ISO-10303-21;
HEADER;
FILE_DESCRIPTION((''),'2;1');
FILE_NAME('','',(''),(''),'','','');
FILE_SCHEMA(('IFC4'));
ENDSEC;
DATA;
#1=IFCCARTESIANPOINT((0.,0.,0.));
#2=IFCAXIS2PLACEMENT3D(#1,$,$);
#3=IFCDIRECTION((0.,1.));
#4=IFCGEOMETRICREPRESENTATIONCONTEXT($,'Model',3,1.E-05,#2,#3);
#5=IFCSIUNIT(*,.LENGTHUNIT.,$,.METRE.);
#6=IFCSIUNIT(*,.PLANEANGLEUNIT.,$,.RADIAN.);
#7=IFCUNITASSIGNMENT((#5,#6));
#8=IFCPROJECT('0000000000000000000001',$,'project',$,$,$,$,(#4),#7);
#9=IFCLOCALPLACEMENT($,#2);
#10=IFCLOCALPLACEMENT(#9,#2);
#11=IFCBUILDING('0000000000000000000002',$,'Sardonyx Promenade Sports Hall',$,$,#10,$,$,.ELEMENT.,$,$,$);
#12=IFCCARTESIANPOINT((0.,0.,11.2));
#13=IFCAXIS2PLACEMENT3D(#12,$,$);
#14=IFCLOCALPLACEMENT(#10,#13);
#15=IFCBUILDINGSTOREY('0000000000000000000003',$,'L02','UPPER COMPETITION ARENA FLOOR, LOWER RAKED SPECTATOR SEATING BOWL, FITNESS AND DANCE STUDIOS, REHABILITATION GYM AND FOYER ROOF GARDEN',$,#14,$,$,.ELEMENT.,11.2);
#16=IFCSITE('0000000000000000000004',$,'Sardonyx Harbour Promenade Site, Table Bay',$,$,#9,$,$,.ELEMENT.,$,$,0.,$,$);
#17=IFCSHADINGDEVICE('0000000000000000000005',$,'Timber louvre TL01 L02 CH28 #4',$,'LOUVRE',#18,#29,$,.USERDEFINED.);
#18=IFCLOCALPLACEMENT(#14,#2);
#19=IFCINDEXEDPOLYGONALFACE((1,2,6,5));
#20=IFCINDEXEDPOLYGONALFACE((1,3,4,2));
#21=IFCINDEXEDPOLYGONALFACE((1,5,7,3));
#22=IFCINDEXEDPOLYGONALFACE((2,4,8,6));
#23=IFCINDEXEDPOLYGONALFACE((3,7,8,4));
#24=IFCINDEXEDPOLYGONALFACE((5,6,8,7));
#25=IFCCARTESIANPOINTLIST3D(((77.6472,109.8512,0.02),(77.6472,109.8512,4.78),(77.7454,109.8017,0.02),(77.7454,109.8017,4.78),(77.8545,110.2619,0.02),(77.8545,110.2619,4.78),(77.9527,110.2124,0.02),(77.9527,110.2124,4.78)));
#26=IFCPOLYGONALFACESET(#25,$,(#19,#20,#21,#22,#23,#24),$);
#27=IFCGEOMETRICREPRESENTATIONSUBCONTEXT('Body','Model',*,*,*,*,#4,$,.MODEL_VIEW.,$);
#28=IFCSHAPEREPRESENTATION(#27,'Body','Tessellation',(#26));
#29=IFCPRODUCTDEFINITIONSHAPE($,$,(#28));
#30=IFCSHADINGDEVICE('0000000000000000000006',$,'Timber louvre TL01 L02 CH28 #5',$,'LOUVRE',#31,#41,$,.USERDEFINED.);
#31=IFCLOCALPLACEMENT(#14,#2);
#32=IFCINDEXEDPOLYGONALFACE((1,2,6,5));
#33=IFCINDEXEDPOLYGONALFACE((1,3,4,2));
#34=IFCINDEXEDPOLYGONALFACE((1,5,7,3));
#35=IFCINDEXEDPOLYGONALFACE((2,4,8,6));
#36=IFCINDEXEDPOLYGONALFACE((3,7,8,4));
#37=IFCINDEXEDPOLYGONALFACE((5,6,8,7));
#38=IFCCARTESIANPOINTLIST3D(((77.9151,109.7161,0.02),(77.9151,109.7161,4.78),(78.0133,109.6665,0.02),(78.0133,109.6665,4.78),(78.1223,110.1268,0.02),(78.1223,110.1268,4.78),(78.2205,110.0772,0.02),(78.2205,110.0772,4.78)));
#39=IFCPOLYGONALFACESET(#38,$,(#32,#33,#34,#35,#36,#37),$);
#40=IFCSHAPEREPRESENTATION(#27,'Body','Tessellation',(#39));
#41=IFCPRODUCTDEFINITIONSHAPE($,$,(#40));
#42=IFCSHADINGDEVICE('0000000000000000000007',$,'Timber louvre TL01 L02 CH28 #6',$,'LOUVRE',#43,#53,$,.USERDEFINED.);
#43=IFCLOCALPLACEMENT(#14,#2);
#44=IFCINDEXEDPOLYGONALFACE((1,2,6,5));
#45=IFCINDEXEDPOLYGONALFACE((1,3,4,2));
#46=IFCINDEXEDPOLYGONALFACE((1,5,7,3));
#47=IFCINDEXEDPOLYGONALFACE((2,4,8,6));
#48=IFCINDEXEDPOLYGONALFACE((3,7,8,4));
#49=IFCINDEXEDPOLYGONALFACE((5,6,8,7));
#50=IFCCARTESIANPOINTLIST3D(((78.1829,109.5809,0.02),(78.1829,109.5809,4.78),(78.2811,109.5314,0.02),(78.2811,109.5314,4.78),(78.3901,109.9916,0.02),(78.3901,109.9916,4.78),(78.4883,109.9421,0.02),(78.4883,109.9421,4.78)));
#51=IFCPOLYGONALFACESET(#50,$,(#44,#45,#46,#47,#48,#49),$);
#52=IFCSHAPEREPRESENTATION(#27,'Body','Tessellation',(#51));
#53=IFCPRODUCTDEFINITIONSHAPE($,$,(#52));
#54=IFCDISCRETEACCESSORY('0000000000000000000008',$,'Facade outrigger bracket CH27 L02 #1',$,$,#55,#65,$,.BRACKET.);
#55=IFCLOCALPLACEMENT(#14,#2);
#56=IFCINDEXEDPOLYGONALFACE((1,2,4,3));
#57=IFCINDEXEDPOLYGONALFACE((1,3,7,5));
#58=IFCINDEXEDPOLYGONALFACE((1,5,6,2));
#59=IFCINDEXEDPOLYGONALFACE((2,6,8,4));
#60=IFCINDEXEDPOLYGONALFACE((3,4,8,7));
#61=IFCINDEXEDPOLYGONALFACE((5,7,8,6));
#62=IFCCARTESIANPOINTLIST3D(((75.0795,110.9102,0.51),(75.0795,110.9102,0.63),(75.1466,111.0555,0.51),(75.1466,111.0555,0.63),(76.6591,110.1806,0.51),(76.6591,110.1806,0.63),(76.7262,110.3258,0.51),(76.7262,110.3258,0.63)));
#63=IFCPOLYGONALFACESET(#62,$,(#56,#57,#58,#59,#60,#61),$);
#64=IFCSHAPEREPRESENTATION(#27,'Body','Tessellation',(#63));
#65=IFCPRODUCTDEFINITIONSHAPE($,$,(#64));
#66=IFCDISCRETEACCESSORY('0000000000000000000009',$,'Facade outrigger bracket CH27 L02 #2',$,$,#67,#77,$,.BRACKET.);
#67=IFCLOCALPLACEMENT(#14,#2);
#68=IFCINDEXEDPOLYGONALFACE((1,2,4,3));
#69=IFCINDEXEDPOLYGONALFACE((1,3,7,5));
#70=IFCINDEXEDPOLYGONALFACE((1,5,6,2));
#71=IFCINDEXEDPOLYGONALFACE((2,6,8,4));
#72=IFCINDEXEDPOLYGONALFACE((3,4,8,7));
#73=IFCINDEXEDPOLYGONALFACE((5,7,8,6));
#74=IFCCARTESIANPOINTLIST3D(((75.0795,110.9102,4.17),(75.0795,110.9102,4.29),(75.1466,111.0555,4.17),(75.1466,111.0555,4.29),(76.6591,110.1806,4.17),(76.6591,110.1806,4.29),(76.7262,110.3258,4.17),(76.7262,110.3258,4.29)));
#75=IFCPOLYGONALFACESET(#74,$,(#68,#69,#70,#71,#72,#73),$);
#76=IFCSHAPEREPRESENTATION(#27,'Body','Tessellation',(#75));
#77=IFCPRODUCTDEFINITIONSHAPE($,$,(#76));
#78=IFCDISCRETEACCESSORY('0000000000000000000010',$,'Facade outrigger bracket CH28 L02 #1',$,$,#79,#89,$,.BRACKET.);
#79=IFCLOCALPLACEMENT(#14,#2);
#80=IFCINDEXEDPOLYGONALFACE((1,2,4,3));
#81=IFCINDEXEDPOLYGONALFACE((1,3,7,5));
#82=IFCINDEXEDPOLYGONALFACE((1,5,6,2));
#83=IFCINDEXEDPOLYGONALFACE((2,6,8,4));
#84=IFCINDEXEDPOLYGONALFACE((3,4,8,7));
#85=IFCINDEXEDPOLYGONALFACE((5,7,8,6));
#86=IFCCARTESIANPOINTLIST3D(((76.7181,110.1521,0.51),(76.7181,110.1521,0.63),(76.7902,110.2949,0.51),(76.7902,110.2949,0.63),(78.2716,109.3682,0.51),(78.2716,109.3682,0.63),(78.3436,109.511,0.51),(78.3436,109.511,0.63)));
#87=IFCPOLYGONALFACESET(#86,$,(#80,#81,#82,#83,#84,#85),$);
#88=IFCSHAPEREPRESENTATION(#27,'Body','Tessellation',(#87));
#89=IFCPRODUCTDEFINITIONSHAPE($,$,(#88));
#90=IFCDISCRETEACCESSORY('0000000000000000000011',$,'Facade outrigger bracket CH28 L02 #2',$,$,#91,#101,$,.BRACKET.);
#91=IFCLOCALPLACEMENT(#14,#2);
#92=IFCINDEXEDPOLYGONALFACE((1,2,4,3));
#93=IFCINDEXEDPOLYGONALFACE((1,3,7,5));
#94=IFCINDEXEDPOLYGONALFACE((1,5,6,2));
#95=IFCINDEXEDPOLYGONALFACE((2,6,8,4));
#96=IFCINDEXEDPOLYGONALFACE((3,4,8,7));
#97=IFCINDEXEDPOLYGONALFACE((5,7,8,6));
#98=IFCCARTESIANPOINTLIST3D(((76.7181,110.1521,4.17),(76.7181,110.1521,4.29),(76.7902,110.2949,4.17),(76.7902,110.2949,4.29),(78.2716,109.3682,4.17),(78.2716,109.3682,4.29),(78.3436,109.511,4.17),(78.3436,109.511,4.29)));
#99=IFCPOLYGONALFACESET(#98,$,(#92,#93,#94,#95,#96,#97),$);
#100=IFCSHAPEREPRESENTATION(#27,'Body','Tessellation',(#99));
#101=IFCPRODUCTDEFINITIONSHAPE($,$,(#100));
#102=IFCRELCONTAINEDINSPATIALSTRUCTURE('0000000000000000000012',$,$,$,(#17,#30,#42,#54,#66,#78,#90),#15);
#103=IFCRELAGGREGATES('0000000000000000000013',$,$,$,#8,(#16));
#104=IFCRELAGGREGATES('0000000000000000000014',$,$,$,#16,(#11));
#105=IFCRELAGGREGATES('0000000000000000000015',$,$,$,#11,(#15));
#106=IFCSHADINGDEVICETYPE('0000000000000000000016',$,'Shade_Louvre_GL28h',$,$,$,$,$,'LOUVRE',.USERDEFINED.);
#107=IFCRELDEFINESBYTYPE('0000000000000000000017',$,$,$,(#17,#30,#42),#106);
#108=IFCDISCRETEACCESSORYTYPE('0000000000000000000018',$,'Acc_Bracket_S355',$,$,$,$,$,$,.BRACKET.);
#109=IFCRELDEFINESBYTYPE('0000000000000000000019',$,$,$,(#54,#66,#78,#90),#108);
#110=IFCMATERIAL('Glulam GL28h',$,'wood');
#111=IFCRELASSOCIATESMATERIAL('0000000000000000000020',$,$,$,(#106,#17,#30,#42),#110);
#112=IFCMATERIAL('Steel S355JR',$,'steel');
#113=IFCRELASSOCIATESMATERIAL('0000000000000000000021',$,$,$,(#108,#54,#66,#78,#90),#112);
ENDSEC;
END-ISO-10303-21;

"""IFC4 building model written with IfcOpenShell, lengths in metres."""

from ifc_helpers import new_model, si_unit, direction, frame, origin, place, context, subcontext, project, spatial, rectangle, extrude, material, type_object, element, save


model = new_model("IFC4")

# Units and contexts
model_context = context("Model", 3, precision=1e-05, world=origin(), true_north=direction((0.0, 1.0)))
body_context = subcontext(model_context, "Body", "Model", "MODEL_VIEW")
ifc_project = project(units=[si_unit("LENGTHUNIT", "METRE"), si_unit("PLANEANGLEUNIT", "RADIAN")], contexts=[model_context])

# Site, building, storey
site_placement = place(None, origin())
site = spatial("IfcSite", under=ifc_project, at=site_placement, Name="Sardonyx Harbour Promenade Site, Table Bay", CompositionType="ELEMENT", RefElevation=0.0)
building_placement = place(site_placement, origin())
building = spatial("IfcBuilding", under=site, at=building_placement, Name="Sardonyx Promenade Sports Hall", CompositionType="ELEMENT")
storey_placement = place(building_placement, frame((0.0, 0.0, 11.2)))
storey = spatial("IfcBuildingStorey", under=building, at=storey_placement, Name="L02", Description="UPPER COMPETITION ARENA FLOOR, LOWER RAKED SPECTATOR SEATING BOWL, FITNESS AND DANCE STUDIOS, REHABILITATION GYM AND FOYER ROOF GARDEN", CompositionType="ELEMENT", Elevation=11.2)

# Shading devices
ifc_material_1 = material(Name="Glulam GL28h", Category="wood")
shading_device_type = type_object("IfcShadingDeviceType", Name="Shade_Louvre_GL28h", ElementType="LOUVRE", PredefinedType="USERDEFINED", material=ifc_material_1)
for number, where, z_axis, x_axis, name in (
    (1, (77.7999, 110.0318, 0.02), (0.0, 0.0, 1.0), (0.892774, -0.450505, 0.0), "Timber louvre TL01 L02 CH28 #4"),
    (2, (78.0678, 109.8967, 0.02), (0.0, 0.0, 1.0), (0.892774, -0.450505, 0.0), "Timber louvre TL01 L02 CH28 #5"),
    (3, (78.3356, 109.7615, 0.02), (0.0, 0.0, 1.0), (0.892774, -0.450505, 0.0), "Timber louvre TL01 L02 CH28 #6"),
):
    element("IfcShadingDevice", number, at=place(storey_placement, frame(where, z_axis=z_axis, x_axis=x_axis)), inside=storey, type_object=shading_device_type, material=ifc_material_1, Name=name, ObjectType="LOUVRE", PredefinedType="USERDEFINED", context=body_context, shape_type="SweptSolid", body=[
        extrude(rectangle(XDim=0.11, YDim=0.46), origin(), (0.0, 0.0, 1.0), 4.76),
    ])

# Discrete accessories
ifc_material_2 = material(Name="Steel S355JR", Category="steel")
discrete_accessory_type = type_object("IfcDiscreteAccessoryType", Name="Acc_Bracket_S355", PredefinedType="BRACKET", material=ifc_material_2)
for number, where, z_axis, x_axis, name in (
    (4, (75.9029, 110.618, 0.51), (0.0, 0.0, 1.0), (0.907831, -0.419336, 0.0), "Facade outrigger bracket CH27 L02 #1"),
    (5, (75.9029, 110.618, 4.17), (0.0, 0.0, 1.0), (0.907831, -0.419336, 0.0), "Facade outrigger bracket CH27 L02 #2"),
    (6, (77.5309, 109.8316, 0.51), (0.0, 0.0, 1.0), (0.892774, -0.450505, 0.0), "Facade outrigger bracket CH28 L02 #1"),
    (7, (77.5309, 109.8316, 4.17), (0.0, 0.0, 1.0), (0.892774, -0.450505, 0.0), "Facade outrigger bracket CH28 L02 #2"),
):
    element("IfcDiscreteAccessory", number, at=place(storey_placement, frame(where, z_axis=z_axis, x_axis=x_axis)), inside=storey, type_object=discrete_accessory_type, material=ifc_material_2, Name=name, PredefinedType="BRACKET", context=body_context, shape_type="SweptSolid", body=[
        extrude(rectangle(XDim=1.74, YDim=0.16), origin(), (0.0, 0.0, 1.0), 0.12),
    ])

save(model, "model.ifc")
